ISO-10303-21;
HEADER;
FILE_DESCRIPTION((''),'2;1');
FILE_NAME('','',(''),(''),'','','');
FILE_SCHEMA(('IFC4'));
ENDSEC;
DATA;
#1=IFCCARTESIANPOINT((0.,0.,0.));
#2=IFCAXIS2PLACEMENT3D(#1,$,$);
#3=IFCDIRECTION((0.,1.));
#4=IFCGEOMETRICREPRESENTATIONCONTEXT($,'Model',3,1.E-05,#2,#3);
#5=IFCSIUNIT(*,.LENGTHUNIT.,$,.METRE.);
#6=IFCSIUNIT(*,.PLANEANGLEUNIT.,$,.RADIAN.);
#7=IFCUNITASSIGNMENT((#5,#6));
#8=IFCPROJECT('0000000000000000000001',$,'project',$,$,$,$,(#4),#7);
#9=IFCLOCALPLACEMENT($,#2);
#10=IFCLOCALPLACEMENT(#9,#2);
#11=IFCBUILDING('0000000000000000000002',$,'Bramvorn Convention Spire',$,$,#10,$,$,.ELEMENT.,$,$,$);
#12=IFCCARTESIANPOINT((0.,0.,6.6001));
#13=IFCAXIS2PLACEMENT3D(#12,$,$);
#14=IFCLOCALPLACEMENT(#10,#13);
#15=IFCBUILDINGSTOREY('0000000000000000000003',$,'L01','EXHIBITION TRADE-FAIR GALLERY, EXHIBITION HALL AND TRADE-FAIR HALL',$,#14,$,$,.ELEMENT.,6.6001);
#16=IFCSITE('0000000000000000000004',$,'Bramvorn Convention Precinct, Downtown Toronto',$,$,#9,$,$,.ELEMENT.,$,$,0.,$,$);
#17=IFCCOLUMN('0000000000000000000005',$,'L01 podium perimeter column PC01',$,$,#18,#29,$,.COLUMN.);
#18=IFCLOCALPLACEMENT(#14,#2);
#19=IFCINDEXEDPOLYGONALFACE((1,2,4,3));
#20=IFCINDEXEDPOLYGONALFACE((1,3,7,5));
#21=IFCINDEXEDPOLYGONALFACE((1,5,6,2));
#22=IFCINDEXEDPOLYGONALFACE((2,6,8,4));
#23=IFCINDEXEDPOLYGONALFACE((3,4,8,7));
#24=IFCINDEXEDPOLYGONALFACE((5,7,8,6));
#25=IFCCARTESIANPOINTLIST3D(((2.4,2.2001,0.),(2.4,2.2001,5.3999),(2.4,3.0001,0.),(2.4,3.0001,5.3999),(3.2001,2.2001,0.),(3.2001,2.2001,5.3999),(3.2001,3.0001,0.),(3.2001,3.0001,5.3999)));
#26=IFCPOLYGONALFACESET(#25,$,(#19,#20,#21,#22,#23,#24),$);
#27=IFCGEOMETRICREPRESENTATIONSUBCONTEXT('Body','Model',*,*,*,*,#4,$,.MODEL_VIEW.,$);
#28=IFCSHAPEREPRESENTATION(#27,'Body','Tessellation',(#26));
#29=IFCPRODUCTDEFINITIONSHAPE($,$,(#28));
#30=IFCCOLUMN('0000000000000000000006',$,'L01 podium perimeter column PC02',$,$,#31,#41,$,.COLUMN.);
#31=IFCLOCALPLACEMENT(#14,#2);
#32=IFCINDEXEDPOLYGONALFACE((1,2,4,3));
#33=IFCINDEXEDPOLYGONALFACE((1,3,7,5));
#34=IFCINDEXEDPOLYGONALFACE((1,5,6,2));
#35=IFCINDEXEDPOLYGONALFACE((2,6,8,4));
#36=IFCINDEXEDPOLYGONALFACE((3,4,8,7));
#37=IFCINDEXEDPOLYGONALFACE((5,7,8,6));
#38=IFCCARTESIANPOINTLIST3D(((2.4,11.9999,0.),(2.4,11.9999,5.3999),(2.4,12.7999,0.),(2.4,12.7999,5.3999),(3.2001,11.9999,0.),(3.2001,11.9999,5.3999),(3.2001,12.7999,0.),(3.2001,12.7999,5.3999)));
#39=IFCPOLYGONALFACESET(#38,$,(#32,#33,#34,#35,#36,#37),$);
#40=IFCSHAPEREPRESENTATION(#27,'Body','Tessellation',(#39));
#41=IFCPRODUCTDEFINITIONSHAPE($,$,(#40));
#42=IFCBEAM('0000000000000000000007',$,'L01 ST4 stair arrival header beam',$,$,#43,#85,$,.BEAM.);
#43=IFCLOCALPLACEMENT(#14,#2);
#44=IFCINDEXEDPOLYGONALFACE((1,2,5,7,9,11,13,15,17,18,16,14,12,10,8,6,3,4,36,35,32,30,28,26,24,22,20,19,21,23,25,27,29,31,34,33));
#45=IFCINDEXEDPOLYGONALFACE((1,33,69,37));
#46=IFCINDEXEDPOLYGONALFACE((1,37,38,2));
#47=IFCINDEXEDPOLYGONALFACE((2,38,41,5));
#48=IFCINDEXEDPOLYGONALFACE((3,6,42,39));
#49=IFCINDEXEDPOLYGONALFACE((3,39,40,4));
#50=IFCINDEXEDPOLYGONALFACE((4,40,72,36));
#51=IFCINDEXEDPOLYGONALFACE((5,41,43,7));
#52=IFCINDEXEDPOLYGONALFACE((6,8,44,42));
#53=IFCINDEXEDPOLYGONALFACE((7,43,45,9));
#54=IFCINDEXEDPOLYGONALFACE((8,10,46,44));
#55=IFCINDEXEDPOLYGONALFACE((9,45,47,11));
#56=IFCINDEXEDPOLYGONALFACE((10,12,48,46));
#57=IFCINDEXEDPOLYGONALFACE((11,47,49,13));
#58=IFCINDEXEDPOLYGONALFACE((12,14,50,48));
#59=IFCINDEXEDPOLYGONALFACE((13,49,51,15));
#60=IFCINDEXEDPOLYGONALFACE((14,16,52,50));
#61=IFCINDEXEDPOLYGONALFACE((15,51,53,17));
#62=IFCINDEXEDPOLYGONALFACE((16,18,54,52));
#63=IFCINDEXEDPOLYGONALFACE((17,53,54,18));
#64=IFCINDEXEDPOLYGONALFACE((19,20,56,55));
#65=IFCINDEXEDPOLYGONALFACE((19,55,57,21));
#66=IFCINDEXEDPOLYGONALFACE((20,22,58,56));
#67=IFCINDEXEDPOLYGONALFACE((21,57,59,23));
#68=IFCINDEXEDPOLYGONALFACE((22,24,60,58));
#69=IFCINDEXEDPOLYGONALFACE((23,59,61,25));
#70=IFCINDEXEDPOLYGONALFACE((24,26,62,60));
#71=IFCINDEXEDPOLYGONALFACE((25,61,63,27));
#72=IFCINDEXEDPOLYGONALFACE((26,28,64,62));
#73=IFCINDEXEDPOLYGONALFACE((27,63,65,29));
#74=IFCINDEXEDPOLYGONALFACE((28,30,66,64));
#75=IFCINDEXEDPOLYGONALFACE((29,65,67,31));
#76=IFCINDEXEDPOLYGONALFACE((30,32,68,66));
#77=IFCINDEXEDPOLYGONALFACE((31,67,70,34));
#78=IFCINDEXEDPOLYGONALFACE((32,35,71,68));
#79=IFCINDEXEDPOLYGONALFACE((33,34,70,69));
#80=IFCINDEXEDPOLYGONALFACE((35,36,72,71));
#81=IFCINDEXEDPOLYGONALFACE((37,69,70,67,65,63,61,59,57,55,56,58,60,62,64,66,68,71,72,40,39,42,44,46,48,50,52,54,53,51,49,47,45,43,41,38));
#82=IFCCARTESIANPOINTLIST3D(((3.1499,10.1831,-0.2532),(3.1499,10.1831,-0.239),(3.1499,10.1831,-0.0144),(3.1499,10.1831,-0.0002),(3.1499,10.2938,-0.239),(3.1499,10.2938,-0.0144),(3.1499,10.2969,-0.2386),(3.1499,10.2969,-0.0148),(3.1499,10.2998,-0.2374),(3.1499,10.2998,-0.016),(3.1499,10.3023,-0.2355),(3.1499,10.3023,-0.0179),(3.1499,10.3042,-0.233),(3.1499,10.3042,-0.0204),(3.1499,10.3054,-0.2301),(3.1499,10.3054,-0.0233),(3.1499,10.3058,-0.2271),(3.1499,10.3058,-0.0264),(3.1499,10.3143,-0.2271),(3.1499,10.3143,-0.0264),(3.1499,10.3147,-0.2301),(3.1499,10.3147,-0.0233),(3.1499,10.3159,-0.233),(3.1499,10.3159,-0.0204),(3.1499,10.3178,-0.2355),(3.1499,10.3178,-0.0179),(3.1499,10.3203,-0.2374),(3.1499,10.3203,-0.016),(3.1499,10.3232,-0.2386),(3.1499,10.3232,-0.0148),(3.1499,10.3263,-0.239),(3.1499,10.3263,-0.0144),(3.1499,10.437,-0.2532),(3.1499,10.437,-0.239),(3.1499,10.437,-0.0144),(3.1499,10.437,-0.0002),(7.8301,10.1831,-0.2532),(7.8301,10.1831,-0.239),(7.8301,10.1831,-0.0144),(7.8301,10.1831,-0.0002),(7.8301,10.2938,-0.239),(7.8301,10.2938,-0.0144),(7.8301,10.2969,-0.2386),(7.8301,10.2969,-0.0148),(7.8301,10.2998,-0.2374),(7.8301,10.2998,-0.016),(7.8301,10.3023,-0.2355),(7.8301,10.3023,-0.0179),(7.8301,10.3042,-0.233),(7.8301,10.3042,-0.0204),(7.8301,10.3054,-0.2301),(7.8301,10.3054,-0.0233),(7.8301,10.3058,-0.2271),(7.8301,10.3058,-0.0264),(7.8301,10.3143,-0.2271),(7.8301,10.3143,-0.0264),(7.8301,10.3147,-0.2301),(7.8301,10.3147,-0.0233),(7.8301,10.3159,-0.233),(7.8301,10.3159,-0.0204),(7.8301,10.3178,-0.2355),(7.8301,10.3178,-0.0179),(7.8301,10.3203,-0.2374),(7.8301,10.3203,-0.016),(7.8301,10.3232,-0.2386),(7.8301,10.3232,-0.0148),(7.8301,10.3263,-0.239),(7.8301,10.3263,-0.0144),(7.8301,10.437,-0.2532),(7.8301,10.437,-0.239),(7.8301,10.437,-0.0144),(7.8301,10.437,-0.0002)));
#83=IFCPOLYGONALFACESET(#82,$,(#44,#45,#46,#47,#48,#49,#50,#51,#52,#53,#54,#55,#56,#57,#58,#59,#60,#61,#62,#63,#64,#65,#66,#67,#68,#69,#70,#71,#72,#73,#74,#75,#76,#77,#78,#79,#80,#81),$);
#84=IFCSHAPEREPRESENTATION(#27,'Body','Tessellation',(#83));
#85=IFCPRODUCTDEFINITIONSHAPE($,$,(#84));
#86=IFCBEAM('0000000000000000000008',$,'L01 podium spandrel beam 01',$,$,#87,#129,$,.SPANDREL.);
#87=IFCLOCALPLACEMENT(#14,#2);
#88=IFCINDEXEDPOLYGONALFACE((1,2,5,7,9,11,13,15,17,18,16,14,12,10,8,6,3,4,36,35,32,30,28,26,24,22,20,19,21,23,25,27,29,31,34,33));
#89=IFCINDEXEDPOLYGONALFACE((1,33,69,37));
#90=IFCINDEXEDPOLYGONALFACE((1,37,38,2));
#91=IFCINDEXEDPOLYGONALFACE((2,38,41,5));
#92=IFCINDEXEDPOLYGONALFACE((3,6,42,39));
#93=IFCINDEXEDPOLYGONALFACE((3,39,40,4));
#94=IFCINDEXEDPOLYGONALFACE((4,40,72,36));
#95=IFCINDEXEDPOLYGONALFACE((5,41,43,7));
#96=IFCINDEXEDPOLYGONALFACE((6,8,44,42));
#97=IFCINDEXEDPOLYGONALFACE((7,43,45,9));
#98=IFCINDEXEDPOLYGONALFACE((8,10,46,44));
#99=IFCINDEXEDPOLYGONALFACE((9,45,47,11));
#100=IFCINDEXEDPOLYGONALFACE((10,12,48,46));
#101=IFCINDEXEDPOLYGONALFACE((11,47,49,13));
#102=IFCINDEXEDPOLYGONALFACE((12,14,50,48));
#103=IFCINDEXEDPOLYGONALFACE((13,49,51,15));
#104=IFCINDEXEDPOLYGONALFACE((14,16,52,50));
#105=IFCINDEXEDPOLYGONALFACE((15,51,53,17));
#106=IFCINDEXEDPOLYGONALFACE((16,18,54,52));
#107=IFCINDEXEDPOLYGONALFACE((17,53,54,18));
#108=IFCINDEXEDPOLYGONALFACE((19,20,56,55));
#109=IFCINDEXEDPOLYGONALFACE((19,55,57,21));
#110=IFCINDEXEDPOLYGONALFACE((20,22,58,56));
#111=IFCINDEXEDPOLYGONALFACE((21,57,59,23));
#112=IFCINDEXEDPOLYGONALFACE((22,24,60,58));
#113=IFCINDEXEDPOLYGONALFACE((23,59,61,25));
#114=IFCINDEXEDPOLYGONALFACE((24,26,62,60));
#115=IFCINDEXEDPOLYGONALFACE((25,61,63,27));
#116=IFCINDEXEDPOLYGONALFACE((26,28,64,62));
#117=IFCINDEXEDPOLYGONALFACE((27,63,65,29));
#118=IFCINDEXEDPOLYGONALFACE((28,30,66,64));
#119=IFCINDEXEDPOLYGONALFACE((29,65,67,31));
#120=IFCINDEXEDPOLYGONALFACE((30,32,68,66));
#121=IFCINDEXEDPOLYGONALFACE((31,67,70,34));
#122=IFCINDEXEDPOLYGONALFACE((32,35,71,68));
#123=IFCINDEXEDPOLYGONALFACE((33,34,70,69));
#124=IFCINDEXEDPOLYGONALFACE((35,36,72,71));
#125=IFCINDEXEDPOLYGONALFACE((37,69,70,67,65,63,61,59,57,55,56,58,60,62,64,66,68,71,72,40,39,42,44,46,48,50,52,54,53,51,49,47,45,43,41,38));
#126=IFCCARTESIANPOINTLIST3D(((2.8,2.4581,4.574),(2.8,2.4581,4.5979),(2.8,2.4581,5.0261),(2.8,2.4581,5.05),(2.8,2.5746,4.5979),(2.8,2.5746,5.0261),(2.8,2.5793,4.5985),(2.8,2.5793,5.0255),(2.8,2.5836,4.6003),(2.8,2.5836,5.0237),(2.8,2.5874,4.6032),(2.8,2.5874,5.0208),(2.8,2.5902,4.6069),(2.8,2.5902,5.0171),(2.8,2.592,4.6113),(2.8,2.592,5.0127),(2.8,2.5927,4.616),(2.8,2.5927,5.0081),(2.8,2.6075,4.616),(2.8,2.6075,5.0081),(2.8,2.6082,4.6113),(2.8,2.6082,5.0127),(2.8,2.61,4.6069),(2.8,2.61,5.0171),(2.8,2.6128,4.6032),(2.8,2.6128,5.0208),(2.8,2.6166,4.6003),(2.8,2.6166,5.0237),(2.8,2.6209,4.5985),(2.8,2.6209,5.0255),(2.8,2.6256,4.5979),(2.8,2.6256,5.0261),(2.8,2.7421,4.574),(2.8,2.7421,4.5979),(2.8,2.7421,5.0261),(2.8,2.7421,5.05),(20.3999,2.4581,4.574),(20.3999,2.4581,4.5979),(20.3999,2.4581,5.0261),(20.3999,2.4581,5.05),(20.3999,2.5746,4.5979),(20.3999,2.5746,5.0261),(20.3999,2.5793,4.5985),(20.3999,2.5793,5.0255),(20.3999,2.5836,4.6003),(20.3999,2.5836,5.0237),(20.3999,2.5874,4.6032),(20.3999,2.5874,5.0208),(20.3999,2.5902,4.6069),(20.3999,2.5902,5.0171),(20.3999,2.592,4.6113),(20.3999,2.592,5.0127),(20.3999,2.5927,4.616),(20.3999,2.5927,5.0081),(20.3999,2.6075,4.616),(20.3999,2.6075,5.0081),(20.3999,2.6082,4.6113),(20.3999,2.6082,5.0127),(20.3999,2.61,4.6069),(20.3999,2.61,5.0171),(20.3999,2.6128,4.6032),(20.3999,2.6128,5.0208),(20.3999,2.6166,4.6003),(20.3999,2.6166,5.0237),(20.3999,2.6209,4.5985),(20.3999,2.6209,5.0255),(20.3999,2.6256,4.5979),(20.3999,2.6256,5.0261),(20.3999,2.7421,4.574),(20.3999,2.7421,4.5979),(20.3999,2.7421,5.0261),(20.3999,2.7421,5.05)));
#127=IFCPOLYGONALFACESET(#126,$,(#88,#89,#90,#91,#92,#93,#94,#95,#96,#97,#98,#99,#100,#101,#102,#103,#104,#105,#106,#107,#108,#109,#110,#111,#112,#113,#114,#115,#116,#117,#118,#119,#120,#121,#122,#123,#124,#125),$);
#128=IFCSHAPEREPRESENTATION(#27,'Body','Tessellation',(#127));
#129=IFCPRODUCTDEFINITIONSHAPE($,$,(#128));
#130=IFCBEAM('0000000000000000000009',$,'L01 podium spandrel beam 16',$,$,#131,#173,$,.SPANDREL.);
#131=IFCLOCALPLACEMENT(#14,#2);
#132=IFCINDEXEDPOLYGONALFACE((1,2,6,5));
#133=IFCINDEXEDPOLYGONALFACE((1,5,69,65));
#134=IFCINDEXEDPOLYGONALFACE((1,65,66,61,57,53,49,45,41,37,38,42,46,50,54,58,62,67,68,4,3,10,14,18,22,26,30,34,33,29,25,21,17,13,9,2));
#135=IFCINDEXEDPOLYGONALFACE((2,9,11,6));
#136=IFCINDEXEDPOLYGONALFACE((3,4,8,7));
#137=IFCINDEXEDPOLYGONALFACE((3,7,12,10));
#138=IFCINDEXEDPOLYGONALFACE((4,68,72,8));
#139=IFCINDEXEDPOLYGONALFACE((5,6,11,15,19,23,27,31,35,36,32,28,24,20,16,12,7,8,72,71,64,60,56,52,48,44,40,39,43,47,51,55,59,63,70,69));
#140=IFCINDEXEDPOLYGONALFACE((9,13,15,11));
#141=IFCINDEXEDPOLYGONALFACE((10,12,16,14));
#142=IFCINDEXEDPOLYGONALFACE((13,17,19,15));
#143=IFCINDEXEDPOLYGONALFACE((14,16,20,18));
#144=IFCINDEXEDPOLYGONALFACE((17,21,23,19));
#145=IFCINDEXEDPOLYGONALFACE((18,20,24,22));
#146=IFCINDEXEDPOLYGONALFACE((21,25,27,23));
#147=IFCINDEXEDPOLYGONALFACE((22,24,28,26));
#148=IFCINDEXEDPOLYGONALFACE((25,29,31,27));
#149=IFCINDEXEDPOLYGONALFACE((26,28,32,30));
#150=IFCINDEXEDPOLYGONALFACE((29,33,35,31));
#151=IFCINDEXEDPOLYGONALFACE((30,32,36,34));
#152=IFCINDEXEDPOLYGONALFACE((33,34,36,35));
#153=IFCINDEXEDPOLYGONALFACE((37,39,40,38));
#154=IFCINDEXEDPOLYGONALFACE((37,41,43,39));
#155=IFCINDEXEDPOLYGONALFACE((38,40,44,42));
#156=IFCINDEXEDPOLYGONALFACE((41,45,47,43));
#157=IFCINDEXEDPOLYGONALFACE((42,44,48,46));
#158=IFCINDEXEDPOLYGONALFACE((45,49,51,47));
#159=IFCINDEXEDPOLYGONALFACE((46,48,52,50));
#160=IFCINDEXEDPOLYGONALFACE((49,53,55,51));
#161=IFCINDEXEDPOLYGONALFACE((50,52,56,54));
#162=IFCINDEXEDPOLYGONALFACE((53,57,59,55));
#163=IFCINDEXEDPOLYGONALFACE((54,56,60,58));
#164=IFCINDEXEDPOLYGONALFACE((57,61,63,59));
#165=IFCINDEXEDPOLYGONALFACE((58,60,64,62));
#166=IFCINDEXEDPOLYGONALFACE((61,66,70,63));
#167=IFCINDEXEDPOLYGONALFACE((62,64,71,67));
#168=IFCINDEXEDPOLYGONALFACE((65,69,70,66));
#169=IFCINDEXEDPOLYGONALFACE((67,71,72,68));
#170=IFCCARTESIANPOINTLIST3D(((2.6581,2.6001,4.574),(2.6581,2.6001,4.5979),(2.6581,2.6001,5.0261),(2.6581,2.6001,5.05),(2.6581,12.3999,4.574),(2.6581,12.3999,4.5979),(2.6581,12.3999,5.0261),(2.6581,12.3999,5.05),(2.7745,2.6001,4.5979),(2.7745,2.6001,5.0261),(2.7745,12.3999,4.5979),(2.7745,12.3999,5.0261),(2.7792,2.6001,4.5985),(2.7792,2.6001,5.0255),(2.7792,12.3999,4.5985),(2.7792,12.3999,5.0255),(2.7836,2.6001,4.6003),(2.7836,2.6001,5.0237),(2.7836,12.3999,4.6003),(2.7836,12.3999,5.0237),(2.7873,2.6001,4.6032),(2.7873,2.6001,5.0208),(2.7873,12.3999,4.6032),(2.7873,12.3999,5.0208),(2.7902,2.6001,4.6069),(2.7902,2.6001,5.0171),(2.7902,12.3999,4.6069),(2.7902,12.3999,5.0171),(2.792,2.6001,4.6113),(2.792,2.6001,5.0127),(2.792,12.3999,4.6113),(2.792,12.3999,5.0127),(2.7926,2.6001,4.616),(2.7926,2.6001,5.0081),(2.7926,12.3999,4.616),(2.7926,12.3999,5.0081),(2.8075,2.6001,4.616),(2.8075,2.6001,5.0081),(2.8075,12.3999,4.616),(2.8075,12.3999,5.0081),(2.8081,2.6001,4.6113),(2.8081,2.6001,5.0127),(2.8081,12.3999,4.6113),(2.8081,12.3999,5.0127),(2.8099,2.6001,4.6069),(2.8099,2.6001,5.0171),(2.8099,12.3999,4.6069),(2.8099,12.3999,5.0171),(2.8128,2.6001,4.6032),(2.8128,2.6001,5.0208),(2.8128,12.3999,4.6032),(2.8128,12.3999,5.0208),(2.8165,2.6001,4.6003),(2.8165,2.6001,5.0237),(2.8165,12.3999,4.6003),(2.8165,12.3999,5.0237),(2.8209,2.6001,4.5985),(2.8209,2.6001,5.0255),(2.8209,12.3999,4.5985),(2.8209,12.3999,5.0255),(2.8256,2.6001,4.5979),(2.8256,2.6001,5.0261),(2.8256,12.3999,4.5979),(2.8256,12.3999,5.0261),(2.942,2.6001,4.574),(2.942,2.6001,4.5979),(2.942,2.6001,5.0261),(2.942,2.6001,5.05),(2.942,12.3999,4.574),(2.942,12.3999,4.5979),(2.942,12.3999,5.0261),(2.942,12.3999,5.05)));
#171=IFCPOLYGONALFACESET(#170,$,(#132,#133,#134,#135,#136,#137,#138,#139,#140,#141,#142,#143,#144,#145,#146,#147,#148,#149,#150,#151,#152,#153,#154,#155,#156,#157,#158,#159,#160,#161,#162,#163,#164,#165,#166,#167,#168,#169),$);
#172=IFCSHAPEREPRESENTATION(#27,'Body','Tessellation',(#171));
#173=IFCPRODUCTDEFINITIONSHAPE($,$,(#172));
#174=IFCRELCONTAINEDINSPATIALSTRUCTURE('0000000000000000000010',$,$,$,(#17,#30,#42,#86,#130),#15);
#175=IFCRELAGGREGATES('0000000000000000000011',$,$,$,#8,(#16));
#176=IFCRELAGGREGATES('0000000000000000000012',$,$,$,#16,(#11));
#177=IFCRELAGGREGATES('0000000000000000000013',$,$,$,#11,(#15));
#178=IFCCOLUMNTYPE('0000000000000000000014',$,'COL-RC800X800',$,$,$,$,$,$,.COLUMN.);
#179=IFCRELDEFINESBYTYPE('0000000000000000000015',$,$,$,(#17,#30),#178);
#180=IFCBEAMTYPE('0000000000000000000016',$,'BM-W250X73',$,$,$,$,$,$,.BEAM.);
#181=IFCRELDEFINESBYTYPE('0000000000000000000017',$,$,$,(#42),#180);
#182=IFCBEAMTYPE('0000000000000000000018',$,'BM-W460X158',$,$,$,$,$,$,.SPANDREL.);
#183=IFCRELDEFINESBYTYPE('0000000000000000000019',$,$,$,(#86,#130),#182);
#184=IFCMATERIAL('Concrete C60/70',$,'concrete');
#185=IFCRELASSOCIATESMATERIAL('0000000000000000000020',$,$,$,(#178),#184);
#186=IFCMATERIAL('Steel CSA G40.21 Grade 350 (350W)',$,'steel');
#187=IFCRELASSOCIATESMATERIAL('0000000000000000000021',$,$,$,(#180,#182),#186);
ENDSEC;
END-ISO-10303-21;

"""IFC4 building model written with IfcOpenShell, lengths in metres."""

from ifc_helpers import new_model, si_unit, direction, frame, origin, origin_2d, place, context, subcontext, project, spatial, rectangle, i_section, extrude, material, material_profile, profile_set, type_object, element, save


model = new_model("IFC4")

# Units and contexts
model_context = context("Model", 3, precision=1e-05, world=origin(), true_north=direction((0.0, 1.0)))
body_context = subcontext(model_context, "Body", "Model", "MODEL_VIEW")
ifc_project = project(units=[si_unit("LENGTHUNIT", "METRE"), si_unit("PLANEANGLEUNIT", "RADIAN")], contexts=[model_context])

# Site, building, storey
site_placement = place(None, origin())
site = spatial("IfcSite", under=ifc_project, at=site_placement, Name="Bramvorn Convention Precinct, Downtown Toronto", CompositionType="ELEMENT", RefElevation=0.0)
building_placement = place(site_placement, origin())
building = spatial("IfcBuilding", under=site, at=building_placement, Name="Bramvorn Convention Spire", CompositionType="ELEMENT")
storey_placement = place(building_placement, frame((0.0, 0.0, 6.6001)))
storey = spatial("IfcBuildingStorey", under=building, at=storey_placement, Name="L01", Description="EXHIBITION TRADE-FAIR GALLERY, EXHIBITION HALL AND TRADE-FAIR HALL", CompositionType="ELEMENT", Elevation=6.6001)

# Columns
ifc_material_1 = material(Name="Concrete C60/70", Category="concrete")
ifc_material_profile_1 = material_profile(ifc_material_1, rectangle(XDim=0.8, YDim=0.8, at=origin_2d()))
ifc_profile_set_1 = profile_set([ifc_material_profile_1], Name="Concrete C60/70 - RC800X800")
column_type = type_object("IfcColumnType", Name="COL-RC800X800", PredefinedType="COLUMN", material=ifc_profile_set_1)
for number, where, z_axis, x_axis, name in (
    (1, (2.8, 2.6001, 0.0), (0.0, 0.0, 1.0), (1.0, 0.0, 0.0), "L01 podium perimeter column PC01"),
    (2, (2.8, 12.3999, 0.0), (0.0, 0.0, 1.0), (1.0, 0.0, 0.0), "L01 podium perimeter column PC02"),
):
    element("IfcColumn", number, at=place(storey_placement, frame(where, z_axis=z_axis, x_axis=x_axis)), inside=storey, type_object=column_type, Name=name, PredefinedType="COLUMN", context=body_context, shape_type="SweptSolid", body=[
        extrude(rectangle(XDim=0.8, YDim=0.8, at=origin_2d()), origin(), (0.0, 0.0, 1.0), 5.3999),
    ])

# Beams
ifc_material_2 = material(Name="Steel CSA G40.21 Grade 350 (350W)", Category="steel")
ifc_material_profile_2 = material_profile(ifc_material_2, i_section(OverallWidth=0.2539, OverallDepth=0.2529, WebThickness=0.0085, FlangeThickness=0.0142, FilletRadius=0.012, at=origin_2d()))
ifc_profile_set_2 = profile_set([ifc_material_profile_2], Name="Steel CSA G40.21 Grade 350 (350W) - W250X73")
beam_type_1 = type_object("IfcBeamType", Name="BM-W250X73", PredefinedType="BEAM", material=ifc_profile_set_2)
beam_1_placement = place(storey_placement, frame((3.1499, 10.3101, -0.1267), z_axis=(1.0, 0.0, 0.0), x_axis=(0.0, 1.0, 0.0)))
element("IfcBeam", 3, at=beam_1_placement, inside=storey, type_object=beam_type_1, Name="L01 ST4 stair arrival header beam", PredefinedType="BEAM", context=body_context, shape_type="SweptSolid", body=[
    extrude(i_section(OverallWidth=0.2539, OverallDepth=0.2529, WebThickness=0.0085, FlangeThickness=0.0142, FilletRadius=0.012, at=origin_2d()), origin(), (0.0, 0.0, 1.0), 4.6802),
])
ifc_material_profile_3 = material_profile(ifc_material_2, i_section(OverallWidth=0.2839, OverallDepth=0.4761, WebThickness=0.0149, FlangeThickness=0.0239, FilletRadius=0.0181, at=origin_2d()))
ifc_profile_set_3 = profile_set([ifc_material_profile_3], Name="Steel CSA G40.21 Grade 350 (350W) - W460X158")
beam_type_2 = type_object("IfcBeamType", Name="BM-W460X158", PredefinedType="SPANDREL", material=ifc_profile_set_3)
beam_2_placement = place(storey_placement, frame((2.8, 2.6001, 4.812), z_axis=(1.0, 0.0, 0.0), x_axis=(0.0, 1.0, 0.0)))
element("IfcBeam", 4, at=beam_2_placement, inside=storey, type_object=beam_type_2, Name="L01 podium spandrel beam 01", PredefinedType="SPANDREL", context=body_context, shape_type="SweptSolid", body=[
    extrude(i_section(OverallWidth=0.2839, OverallDepth=0.4761, WebThickness=0.0149, FlangeThickness=0.0239, FilletRadius=0.0181, at=origin_2d()), origin(), (0.0, 0.0, 1.0), 17.5999),
])
beam_3_placement = place(storey_placement, frame((2.8, 12.3999, 4.812), z_axis=(0.0, -1.0, 0.0), x_axis=(1.0, 0.0, 0.0)))
element("IfcBeam", 5, at=beam_3_placement, inside=storey, type_object=beam_type_2, Name="L01 podium spandrel beam 16", PredefinedType="SPANDREL", context=body_context, shape_type="SweptSolid", body=[
    extrude(i_section(OverallWidth=0.2839, OverallDepth=0.4761, WebThickness=0.0149, FlangeThickness=0.0239, FilletRadius=0.0181, at=origin_2d()), origin(), (0.0, 0.0, 1.0), 9.7998),
])

save(model, "model.ifc")
